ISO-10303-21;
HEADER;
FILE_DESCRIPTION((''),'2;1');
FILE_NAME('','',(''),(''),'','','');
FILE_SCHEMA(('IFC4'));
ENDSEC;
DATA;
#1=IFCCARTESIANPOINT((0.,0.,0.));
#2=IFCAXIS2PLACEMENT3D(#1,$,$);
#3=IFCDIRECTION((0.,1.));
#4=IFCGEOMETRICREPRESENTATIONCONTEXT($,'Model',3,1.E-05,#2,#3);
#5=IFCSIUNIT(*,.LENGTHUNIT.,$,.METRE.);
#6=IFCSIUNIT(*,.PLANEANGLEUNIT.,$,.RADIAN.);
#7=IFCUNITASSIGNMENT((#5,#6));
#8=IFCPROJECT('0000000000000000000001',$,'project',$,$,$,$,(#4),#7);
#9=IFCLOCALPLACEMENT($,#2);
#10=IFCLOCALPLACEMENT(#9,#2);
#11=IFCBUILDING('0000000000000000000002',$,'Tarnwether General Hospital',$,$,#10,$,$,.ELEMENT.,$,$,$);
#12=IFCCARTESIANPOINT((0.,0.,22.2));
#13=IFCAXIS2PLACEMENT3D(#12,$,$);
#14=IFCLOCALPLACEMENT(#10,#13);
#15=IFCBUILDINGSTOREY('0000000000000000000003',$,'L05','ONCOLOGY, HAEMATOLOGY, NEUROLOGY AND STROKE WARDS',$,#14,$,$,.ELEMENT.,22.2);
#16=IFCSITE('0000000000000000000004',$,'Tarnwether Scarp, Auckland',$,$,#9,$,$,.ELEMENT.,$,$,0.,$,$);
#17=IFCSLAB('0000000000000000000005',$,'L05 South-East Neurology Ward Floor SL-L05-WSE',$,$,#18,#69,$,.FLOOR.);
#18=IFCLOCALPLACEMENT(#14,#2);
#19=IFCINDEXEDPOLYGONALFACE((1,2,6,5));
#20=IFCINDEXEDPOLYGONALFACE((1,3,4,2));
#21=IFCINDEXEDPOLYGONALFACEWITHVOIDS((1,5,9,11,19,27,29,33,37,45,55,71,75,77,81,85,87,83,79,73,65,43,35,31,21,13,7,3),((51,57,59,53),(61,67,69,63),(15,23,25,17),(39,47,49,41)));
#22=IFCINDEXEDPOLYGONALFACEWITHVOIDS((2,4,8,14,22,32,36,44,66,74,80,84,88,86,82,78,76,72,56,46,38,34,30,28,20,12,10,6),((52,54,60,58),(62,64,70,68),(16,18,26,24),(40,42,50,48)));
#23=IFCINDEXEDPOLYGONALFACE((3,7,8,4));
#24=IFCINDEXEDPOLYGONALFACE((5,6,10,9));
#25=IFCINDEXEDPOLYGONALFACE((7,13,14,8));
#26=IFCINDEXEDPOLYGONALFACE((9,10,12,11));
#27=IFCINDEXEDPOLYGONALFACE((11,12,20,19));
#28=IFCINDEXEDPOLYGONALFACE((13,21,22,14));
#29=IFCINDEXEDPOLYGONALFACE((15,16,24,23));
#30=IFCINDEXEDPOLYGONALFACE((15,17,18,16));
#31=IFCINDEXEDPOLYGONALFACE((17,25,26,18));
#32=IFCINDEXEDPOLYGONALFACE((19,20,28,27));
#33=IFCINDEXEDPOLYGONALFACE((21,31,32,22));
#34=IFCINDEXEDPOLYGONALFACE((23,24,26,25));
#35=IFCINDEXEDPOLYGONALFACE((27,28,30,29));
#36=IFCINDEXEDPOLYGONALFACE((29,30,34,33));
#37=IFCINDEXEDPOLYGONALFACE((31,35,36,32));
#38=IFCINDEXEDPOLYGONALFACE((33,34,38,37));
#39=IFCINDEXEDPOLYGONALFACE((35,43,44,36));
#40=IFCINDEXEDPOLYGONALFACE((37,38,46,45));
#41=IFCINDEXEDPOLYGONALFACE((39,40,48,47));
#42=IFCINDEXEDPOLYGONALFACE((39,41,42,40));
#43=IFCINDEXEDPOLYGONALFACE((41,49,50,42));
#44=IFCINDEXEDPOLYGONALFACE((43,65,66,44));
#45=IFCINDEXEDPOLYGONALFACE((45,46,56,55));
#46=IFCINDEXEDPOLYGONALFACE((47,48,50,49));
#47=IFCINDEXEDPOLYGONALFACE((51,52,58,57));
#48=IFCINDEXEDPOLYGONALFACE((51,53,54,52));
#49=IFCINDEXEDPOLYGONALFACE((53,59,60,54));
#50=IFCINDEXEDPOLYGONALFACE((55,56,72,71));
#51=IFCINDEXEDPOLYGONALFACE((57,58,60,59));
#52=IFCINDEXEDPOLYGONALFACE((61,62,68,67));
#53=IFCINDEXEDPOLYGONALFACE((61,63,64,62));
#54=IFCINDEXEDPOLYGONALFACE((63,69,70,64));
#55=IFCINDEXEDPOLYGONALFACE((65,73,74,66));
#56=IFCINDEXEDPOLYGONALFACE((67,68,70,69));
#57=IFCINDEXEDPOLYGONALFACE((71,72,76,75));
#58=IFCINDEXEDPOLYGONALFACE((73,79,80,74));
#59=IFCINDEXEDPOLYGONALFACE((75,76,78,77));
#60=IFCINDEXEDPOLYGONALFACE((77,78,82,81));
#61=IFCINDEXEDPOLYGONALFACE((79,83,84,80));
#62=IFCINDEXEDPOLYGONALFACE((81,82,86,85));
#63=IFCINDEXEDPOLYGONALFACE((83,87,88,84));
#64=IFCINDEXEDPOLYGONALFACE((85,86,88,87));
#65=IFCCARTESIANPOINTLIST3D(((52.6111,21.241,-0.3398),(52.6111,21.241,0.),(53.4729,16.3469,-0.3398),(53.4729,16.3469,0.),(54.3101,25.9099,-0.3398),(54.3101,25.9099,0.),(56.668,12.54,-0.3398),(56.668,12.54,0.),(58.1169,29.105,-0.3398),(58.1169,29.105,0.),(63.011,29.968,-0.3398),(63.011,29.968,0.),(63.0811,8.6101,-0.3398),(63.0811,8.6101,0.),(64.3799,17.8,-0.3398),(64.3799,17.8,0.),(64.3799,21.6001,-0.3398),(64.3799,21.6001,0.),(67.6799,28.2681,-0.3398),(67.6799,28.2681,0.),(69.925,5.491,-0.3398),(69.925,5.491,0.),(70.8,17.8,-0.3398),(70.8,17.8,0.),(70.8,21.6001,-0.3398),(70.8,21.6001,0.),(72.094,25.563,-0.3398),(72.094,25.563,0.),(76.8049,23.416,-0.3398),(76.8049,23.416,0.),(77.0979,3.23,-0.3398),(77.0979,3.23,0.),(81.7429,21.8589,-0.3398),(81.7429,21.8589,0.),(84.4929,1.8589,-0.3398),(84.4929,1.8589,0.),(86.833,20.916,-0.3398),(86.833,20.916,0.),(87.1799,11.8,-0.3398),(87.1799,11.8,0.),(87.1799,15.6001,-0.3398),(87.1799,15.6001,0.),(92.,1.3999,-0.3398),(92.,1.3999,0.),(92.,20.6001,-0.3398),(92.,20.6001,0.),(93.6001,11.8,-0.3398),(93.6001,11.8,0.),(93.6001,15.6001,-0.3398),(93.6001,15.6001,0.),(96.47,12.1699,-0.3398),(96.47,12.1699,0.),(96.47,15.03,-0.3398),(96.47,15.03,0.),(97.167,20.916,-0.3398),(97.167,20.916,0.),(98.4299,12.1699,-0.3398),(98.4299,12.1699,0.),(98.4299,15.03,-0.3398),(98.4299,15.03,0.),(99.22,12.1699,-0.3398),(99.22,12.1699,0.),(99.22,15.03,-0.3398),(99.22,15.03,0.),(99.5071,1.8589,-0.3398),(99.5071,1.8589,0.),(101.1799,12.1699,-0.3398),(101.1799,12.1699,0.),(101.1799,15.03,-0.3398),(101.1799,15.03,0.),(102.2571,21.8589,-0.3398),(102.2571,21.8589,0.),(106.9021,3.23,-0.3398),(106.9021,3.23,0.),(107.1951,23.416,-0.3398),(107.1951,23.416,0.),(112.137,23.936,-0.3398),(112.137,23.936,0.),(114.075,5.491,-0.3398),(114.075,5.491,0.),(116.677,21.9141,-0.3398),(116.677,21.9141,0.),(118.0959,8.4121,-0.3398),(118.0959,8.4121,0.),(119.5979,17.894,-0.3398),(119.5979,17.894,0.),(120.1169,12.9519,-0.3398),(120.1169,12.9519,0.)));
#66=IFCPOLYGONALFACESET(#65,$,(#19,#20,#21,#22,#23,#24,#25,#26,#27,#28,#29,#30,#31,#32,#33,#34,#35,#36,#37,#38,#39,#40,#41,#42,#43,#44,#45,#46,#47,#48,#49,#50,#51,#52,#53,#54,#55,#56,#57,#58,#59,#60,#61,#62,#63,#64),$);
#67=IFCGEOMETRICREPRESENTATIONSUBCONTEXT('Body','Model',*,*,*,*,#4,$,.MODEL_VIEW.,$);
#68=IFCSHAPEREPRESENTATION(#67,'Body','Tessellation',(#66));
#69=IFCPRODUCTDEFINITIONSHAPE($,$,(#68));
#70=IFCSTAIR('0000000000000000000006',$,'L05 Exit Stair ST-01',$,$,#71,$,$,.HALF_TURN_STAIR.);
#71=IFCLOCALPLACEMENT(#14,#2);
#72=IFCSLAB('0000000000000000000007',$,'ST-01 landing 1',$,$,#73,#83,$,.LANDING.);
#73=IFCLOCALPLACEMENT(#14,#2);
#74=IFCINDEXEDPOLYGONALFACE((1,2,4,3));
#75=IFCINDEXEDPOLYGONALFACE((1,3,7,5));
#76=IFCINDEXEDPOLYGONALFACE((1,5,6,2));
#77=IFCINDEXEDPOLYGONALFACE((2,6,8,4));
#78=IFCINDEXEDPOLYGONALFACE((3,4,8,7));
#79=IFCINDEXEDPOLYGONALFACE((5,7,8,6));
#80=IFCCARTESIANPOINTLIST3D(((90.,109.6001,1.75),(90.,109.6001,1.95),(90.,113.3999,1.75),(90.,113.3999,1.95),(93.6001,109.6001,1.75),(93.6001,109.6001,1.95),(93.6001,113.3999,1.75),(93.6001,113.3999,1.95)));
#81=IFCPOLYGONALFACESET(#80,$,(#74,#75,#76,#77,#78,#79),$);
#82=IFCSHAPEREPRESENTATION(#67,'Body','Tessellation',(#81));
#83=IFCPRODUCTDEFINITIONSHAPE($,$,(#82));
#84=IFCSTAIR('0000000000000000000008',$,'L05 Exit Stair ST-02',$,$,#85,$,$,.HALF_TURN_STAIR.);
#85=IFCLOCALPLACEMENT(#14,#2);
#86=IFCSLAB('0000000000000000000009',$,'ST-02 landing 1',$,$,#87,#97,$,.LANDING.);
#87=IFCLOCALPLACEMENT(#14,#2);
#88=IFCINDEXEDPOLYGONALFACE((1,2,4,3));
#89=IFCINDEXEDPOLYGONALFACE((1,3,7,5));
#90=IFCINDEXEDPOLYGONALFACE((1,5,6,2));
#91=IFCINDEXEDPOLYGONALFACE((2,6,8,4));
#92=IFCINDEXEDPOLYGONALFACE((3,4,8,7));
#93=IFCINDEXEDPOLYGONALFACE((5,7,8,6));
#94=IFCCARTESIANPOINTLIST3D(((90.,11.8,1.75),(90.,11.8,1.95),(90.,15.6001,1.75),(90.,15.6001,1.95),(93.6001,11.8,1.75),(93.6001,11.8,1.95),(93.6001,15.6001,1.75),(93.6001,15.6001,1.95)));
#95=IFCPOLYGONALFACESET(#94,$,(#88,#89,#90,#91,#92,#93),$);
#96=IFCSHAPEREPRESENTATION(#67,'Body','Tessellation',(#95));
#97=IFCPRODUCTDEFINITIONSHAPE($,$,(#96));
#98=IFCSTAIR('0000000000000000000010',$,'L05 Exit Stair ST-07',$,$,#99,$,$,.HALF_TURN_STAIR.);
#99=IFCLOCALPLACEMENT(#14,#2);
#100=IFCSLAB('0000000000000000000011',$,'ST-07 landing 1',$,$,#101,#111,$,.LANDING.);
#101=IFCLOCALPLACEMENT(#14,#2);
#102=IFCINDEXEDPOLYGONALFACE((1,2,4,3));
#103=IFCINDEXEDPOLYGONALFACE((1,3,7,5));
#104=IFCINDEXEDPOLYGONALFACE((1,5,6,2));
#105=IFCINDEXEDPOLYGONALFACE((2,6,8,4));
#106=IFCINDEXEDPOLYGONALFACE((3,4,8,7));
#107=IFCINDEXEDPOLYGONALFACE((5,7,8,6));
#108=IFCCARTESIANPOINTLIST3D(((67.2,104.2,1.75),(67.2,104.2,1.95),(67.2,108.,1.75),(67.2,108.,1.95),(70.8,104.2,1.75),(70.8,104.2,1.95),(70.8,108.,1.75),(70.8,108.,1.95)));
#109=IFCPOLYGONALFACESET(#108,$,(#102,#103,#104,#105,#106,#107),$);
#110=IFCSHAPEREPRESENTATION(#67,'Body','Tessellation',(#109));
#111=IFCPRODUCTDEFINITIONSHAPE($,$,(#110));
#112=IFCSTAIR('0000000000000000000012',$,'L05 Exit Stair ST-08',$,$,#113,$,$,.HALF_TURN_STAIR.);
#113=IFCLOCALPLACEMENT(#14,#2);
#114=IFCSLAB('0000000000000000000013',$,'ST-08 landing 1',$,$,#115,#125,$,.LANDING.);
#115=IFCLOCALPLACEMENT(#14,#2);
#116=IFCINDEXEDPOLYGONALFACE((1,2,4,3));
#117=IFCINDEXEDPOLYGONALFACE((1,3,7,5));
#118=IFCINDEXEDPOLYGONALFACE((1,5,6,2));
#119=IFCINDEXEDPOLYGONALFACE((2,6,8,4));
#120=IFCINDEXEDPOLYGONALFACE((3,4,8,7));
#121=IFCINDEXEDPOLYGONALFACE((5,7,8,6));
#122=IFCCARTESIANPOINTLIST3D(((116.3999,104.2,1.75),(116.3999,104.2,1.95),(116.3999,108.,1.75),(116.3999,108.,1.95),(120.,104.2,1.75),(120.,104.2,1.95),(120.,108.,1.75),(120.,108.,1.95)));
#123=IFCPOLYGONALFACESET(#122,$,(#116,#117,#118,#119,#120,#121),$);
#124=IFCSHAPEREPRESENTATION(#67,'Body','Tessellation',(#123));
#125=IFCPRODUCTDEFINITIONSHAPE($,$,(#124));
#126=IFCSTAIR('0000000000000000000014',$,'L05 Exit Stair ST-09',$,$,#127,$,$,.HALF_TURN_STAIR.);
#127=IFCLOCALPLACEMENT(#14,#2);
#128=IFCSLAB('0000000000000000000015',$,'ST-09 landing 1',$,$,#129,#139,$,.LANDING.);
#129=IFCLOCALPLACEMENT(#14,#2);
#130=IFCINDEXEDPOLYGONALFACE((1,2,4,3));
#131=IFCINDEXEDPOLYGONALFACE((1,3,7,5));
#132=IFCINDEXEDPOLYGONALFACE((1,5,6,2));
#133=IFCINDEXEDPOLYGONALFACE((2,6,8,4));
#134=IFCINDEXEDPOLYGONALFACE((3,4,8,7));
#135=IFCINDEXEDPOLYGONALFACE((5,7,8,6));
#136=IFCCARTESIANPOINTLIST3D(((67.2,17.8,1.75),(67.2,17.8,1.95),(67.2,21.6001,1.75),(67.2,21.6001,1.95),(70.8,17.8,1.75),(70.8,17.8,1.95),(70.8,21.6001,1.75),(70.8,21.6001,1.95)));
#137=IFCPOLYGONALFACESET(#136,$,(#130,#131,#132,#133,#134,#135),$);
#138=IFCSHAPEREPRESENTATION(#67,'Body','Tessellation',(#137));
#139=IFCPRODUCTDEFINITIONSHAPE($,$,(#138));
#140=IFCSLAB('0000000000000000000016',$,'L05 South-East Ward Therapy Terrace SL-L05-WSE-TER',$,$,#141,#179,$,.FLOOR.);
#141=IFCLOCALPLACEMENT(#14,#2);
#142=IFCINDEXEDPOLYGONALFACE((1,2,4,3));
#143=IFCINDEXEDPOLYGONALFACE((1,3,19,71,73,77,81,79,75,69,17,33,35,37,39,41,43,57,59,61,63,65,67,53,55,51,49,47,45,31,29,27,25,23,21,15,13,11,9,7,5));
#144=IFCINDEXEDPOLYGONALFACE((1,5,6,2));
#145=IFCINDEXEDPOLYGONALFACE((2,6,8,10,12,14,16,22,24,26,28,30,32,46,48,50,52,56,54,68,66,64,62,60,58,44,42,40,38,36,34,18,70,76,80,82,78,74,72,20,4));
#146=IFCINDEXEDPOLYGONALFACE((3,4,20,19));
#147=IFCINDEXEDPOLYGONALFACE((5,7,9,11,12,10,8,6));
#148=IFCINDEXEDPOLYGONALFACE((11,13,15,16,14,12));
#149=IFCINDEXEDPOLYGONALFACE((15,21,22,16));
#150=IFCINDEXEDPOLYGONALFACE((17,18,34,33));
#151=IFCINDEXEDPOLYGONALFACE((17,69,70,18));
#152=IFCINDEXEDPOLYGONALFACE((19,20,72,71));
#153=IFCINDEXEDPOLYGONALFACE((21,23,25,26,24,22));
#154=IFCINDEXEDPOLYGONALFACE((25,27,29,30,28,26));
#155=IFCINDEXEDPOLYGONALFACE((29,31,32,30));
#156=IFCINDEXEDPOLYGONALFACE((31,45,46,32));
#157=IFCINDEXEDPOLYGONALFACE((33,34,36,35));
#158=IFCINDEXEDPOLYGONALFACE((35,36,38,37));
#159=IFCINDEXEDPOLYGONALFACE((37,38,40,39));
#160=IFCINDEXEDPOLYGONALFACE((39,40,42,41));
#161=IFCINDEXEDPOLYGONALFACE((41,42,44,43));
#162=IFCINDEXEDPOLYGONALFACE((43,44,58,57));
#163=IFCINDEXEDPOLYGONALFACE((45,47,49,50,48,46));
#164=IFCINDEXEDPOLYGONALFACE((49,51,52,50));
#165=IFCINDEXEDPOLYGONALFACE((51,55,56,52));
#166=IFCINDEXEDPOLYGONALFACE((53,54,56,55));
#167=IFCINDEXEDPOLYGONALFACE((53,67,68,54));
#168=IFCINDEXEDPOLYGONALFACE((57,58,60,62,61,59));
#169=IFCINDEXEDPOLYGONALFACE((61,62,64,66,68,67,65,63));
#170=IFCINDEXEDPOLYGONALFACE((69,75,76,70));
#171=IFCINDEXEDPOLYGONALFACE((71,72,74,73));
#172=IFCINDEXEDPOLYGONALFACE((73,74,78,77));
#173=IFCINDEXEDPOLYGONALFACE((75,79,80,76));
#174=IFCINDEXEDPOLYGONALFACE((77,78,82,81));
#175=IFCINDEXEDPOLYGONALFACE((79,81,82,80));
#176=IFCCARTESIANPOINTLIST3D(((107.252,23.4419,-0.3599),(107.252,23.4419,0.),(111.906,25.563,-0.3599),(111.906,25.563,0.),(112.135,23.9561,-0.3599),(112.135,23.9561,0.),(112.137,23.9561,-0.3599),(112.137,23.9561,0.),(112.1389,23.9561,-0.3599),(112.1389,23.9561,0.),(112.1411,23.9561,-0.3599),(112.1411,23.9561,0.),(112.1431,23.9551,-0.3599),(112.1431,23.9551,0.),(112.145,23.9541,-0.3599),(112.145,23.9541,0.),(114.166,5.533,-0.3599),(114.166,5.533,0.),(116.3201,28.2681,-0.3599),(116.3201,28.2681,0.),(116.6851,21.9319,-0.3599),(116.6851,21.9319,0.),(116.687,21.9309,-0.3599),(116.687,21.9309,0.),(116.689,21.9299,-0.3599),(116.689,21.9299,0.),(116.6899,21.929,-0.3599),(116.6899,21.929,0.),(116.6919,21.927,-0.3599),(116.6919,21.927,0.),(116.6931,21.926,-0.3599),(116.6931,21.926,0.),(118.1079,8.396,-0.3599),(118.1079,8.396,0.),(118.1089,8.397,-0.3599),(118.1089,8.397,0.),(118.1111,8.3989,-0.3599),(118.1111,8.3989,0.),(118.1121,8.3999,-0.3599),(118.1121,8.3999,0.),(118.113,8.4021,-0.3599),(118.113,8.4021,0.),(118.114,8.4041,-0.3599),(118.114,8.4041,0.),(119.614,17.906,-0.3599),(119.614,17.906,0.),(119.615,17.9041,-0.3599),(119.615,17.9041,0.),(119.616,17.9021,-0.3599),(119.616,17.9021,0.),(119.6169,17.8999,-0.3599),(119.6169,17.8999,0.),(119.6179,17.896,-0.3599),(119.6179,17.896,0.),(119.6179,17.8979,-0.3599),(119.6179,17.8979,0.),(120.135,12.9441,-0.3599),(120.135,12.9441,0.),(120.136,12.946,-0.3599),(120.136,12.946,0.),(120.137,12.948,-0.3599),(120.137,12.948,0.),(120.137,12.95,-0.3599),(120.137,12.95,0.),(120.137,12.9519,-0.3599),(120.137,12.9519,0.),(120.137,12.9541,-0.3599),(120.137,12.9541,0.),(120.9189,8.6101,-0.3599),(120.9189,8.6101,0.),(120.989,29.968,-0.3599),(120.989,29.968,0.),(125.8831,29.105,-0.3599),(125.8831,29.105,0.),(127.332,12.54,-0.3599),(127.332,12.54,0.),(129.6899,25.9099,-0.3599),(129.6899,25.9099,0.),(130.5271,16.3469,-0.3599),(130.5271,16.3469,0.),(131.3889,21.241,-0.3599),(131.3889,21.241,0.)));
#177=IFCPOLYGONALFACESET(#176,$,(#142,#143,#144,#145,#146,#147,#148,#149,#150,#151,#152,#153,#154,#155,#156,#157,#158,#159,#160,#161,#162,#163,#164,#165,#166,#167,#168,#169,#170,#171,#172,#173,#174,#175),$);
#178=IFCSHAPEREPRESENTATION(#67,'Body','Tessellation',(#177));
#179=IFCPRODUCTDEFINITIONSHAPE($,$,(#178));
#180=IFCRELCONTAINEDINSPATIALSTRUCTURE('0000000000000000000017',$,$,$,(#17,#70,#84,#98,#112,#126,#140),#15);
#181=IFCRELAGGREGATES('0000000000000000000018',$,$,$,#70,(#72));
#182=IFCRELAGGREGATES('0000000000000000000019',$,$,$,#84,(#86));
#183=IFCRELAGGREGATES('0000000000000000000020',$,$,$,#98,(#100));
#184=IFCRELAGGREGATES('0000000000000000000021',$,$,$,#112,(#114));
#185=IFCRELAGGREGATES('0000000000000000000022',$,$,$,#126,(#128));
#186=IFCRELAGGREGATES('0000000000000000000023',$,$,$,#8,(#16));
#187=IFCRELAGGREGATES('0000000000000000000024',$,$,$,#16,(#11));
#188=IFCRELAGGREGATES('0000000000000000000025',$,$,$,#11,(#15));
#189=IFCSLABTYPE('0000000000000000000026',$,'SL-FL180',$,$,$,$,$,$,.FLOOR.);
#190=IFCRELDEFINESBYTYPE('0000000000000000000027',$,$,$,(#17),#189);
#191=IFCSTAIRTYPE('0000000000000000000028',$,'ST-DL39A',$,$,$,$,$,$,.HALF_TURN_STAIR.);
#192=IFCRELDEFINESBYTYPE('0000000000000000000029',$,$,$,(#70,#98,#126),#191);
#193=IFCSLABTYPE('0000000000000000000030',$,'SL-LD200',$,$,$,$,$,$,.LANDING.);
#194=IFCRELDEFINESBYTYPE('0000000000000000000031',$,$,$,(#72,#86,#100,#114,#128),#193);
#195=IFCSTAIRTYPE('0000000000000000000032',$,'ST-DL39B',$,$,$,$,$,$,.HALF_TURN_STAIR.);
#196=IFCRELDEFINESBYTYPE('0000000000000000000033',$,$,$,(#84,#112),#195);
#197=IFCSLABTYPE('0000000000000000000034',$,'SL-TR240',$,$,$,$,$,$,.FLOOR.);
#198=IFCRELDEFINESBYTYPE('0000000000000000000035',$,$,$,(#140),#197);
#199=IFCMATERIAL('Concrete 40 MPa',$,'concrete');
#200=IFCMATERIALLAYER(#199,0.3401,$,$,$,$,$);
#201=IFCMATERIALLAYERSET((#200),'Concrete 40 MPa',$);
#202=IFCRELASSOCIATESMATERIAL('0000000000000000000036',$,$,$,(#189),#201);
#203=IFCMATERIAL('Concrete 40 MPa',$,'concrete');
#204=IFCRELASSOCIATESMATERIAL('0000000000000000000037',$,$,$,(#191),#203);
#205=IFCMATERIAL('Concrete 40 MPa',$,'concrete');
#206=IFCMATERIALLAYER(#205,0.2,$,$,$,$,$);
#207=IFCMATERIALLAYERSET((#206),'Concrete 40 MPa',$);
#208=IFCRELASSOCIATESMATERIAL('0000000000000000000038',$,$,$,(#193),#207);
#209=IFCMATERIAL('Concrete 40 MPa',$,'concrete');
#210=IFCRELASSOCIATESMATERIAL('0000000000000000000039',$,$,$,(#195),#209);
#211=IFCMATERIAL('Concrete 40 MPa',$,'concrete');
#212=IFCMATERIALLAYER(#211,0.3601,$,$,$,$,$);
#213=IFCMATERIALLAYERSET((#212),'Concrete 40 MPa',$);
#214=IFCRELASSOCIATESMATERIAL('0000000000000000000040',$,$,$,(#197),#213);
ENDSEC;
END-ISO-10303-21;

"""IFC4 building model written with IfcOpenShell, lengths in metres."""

from ifc_helpers import new_model, si_unit, direction, frame, origin, place, context, subcontext, project, spatial, polyline, outline, extrude, material, layer, layer_set, type_object, element, aggregate, save


model = new_model("IFC4")

# Units and contexts
model_context = context("Model", 3, precision=1e-05, world=origin(), true_north=direction((0.0, 1.0)))
body_context = subcontext(model_context, "Body", "Model", "MODEL_VIEW")
ifc_project = project(units=[si_unit("LENGTHUNIT", "METRE"), si_unit("PLANEANGLEUNIT", "RADIAN")], contexts=[model_context])

# Site, building, storey
site_placement = place(None, origin())
site = spatial("IfcSite", under=ifc_project, at=site_placement, Name="Tarnwether Scarp, Auckland", CompositionType="ELEMENT", RefElevation=0.0)
building_placement = place(site_placement, origin())
building = spatial("IfcBuilding", under=site, at=building_placement, Name="Tarnwether General Hospital", CompositionType="ELEMENT")
storey_placement = place(building_placement, frame((0.0, 0.0, 22.2)))
storey = spatial("IfcBuildingStorey", under=building, at=storey_placement, Name="L05", Description="ONCOLOGY, HAEMATOLOGY, NEUROLOGY AND STROKE WARDS", CompositionType="ELEMENT", Elevation=22.2)

# Slab
ifc_material_1 = material(Name="Concrete 40 MPa", Category="concrete")
ifc_layer_1 = layer(ifc_material_1, 0.3401)
ifc_layer_set_1 = layer_set([ifc_layer_1], Name="Concrete 40 MPa")
slab_type_1 = type_object("IfcSlabType", Name="SL-FL180", PredefinedType="FLOOR", material=ifc_layer_set_1)
slab_1_placement = place(storey_placement, frame((0.0, 0.0, -0.3398)))
element("IfcSlab", 1, at=slab_1_placement, inside=storey, type_object=slab_type_1, Name="L05 South-East Neurology Ward Floor SL-L05-WSE", PredefinedType="FLOOR", context=body_context, shape_type="SweptSolid", body=[
    extrude(outline(polyline([(53.4729, 16.3469), (52.6111, 21.241), (54.3101, 25.9099), (58.1169, 29.105), (63.011, 29.968), (67.6799, 28.2681), (72.094, 25.563), (76.8049, 23.416), (81.7429, 21.8589), (86.833, 20.916), (92.0, 20.6001), (97.167, 20.916), (102.2571, 21.8589), (107.1951, 23.416), (112.137, 23.936), (116.677, 21.9141), (119.5979, 17.894), (120.1169, 12.9519), (118.0959, 8.4121), (114.075, 5.491), (106.9021, 3.23), (99.5071, 1.8589), (92.0, 1.3999), (84.4929, 1.8589), (77.0979, 3.23), (69.925, 5.491), (63.0811, 8.6101), (56.668, 12.54), (53.4729, 16.3469)]), holes=[polyline([(96.47, 15.03), (96.47, 12.1699), (98.4299, 12.1699), (98.4299, 15.03), (96.47, 15.03)]), polyline([(99.22, 15.03), (99.22, 12.1699), (101.1799, 12.1699), (101.1799, 15.03), (99.22, 15.03)]), polyline([(87.1799, 15.6001), (87.1799, 11.8), (93.6001, 11.8), (93.6001, 15.6001), (87.1799, 15.6001)]), polyline([(64.3799, 21.6001), (64.3799, 17.8), (70.8, 17.8), (70.8, 21.6001), (64.3799, 21.6001)])]), origin(), (0.0, 0.0, 1.0), 0.3398),
])

# Stairs, slabs
ifc_material_2 = material(Name="Concrete 40 MPa", Category="concrete")
stair_type_1 = type_object("IfcStairType", Name="ST-DL39A", PredefinedType="HALF_TURN_STAIR", material=ifc_material_2)
stair_1_placement = place(storey_placement, origin())
stair_1 = element("IfcStair", 2, at=stair_1_placement, inside=storey, type_object=stair_type_1, Name="L05 Exit Stair ST-01", PredefinedType="HALF_TURN_STAIR")
ifc_material_3 = material(Name="Concrete 40 MPa", Category="concrete")
ifc_layer_2 = layer(ifc_material_3, 0.2)
ifc_layer_set_2 = layer_set([ifc_layer_2], Name="Concrete 40 MPa")
slab_type_2 = type_object("IfcSlabType", Name="SL-LD200", PredefinedType="LANDING", material=ifc_layer_set_2)
slab_2_placement = place(storey_placement, frame((0.0, 0.0, 1.75)))
slab_2 = element("IfcSlab", 3, at=slab_2_placement, type_object=slab_type_2, Name="ST-01 landing 1", PredefinedType="LANDING", context=body_context, shape_type="SweptSolid", body=[
    extrude(outline(polyline([(90.0, 109.6001), (93.6001, 109.6001), (93.6001, 113.3999), (90.0, 113.3999), (90.0, 109.6001)])), origin(), (0.0, 0.0, 1.0), 0.2),
])
aggregate(stair_1, [slab_2])
ifc_material_4 = material(Name="Concrete 40 MPa", Category="concrete")
stair_type_2 = type_object("IfcStairType", Name="ST-DL39B", PredefinedType="HALF_TURN_STAIR", material=ifc_material_4)
stair_2_placement = place(storey_placement, origin())
stair_2 = element("IfcStair", 4, at=stair_2_placement, inside=storey, type_object=stair_type_2, Name="L05 Exit Stair ST-02", PredefinedType="HALF_TURN_STAIR")
slab_3_placement = place(storey_placement, frame((0.0, 0.0, 1.75)))
slab_3 = element("IfcSlab", 5, at=slab_3_placement, type_object=slab_type_2, Name="ST-02 landing 1", PredefinedType="LANDING", context=body_context, shape_type="SweptSolid", body=[
    extrude(outline(polyline([(90.0, 11.8), (93.6001, 11.8), (93.6001, 15.6001), (90.0, 15.6001), (90.0, 11.8)])), origin(), (0.0, 0.0, 1.0), 0.2),
])
aggregate(stair_2, [slab_3])
stair_3_placement = place(storey_placement, origin())
stair_3 = element("IfcStair", 6, at=stair_3_placement, inside=storey, type_object=stair_type_1, Name="L05 Exit Stair ST-07", PredefinedType="HALF_TURN_STAIR")
slab_4_placement = place(storey_placement, frame((0.0, 0.0, 1.75)))
slab_4 = element("IfcSlab", 7, at=slab_4_placement, type_object=slab_type_2, Name="ST-07 landing 1", PredefinedType="LANDING", context=body_context, shape_type="SweptSolid", body=[
    extrude(outline(polyline([(67.2, 104.2), (70.8, 104.2), (70.8, 108.0), (67.2, 108.0), (67.2, 104.2)])), origin(), (0.0, 0.0, 1.0), 0.2),
])
aggregate(stair_3, [slab_4])
stair_4_placement = place(storey_placement, origin())
stair_4 = element("IfcStair", 8, at=stair_4_placement, inside=storey, type_object=stair_type_2, Name="L05 Exit Stair ST-08", PredefinedType="HALF_TURN_STAIR")
slab_5_placement = place(storey_placement, frame((0.0, 0.0, 1.75)))
slab_5 = element("IfcSlab", 9, at=slab_5_placement, type_object=slab_type_2, Name="ST-08 landing 1", PredefinedType="LANDING", context=body_context, shape_type="SweptSolid", body=[
    extrude(outline(polyline([(116.3999, 104.2), (120.0, 104.2), (120.0, 108.0), (116.3999, 108.0), (116.3999, 104.2)])), origin(), (0.0, 0.0, 1.0), 0.2),
])
aggregate(stair_4, [slab_5])
stair_5_placement = place(storey_placement, origin())
stair_5 = element("IfcStair", 10, at=stair_5_placement, inside=storey, type_object=stair_type_1, Name="L05 Exit Stair ST-09", PredefinedType="HALF_TURN_STAIR")
slab_6_placement = place(storey_placement, frame((0.0, 0.0, 1.75)))
slab_6 = element("IfcSlab", 11, at=slab_6_placement, type_object=slab_type_2, Name="ST-09 landing 1", PredefinedType="LANDING", context=body_context, shape_type="SweptSolid", body=[
    extrude(outline(polyline([(67.2, 17.8), (70.8, 17.8), (70.8, 21.6001), (67.2, 21.6001), (67.2, 17.8)])), origin(), (0.0, 0.0, 1.0), 0.2),
])
aggregate(stair_5, [slab_6])

# Slab
ifc_material_5 = material(Name="Concrete 40 MPa", Category="concrete")
ifc_layer_3 = layer(ifc_material_5, 0.3601)
ifc_layer_set_3 = layer_set([ifc_layer_3], Name="Concrete 40 MPa")
slab_type_3 = type_object("IfcSlabType", Name="SL-TR240", PredefinedType="FLOOR", material=ifc_layer_set_3)
slab_7_placement = place(storey_placement, frame((0.0, 0.0, -0.3599)))
element("IfcSlab", 12, at=slab_7_placement, inside=storey, type_object=slab_type_3, Name="L05 South-East Ward Therapy Terrace SL-L05-WSE-TER", PredefinedType="FLOOR", context=body_context, shape_type="SweptSolid", body=[
    extrude(outline(polyline([(111.906, 25.563), (116.3201, 28.2681), (120.989, 29.968), (125.8831, 29.105), (129.6899, 25.9099), (131.3889, 21.241), (130.5271, 16.3469), (127.332, 12.54), (120.9189, 8.6101), (114.166, 5.533), (118.1079, 8.396), (118.1089, 8.397), (118.1111, 8.3989), (118.1121, 8.3999), (118.113, 8.4021), (118.114, 8.4041), (120.135, 12.9441), (120.136, 12.946), (120.137, 12.948), (120.137, 12.95), (120.137, 12.9519), (120.137, 12.9541), (119.6179, 17.896), (119.6179, 17.8979), (119.6169, 17.8999), (119.616, 17.9021), (119.615, 17.9041), (119.614, 17.906), (116.6931, 21.926), (116.6919, 21.927), (116.6899, 21.929), (116.689, 21.9299), (116.687, 21.9309), (116.6851, 21.9319), (112.145, 23.9541), (112.1431, 23.9551), (112.1411, 23.9561), (112.1389, 23.9561), (112.137, 23.9561), (112.135, 23.9561), (107.252, 23.4419), (111.906, 25.563)])), origin(), (0.0, 0.0, 1.0), 0.3599),
])

save(model, "model.ifc")
